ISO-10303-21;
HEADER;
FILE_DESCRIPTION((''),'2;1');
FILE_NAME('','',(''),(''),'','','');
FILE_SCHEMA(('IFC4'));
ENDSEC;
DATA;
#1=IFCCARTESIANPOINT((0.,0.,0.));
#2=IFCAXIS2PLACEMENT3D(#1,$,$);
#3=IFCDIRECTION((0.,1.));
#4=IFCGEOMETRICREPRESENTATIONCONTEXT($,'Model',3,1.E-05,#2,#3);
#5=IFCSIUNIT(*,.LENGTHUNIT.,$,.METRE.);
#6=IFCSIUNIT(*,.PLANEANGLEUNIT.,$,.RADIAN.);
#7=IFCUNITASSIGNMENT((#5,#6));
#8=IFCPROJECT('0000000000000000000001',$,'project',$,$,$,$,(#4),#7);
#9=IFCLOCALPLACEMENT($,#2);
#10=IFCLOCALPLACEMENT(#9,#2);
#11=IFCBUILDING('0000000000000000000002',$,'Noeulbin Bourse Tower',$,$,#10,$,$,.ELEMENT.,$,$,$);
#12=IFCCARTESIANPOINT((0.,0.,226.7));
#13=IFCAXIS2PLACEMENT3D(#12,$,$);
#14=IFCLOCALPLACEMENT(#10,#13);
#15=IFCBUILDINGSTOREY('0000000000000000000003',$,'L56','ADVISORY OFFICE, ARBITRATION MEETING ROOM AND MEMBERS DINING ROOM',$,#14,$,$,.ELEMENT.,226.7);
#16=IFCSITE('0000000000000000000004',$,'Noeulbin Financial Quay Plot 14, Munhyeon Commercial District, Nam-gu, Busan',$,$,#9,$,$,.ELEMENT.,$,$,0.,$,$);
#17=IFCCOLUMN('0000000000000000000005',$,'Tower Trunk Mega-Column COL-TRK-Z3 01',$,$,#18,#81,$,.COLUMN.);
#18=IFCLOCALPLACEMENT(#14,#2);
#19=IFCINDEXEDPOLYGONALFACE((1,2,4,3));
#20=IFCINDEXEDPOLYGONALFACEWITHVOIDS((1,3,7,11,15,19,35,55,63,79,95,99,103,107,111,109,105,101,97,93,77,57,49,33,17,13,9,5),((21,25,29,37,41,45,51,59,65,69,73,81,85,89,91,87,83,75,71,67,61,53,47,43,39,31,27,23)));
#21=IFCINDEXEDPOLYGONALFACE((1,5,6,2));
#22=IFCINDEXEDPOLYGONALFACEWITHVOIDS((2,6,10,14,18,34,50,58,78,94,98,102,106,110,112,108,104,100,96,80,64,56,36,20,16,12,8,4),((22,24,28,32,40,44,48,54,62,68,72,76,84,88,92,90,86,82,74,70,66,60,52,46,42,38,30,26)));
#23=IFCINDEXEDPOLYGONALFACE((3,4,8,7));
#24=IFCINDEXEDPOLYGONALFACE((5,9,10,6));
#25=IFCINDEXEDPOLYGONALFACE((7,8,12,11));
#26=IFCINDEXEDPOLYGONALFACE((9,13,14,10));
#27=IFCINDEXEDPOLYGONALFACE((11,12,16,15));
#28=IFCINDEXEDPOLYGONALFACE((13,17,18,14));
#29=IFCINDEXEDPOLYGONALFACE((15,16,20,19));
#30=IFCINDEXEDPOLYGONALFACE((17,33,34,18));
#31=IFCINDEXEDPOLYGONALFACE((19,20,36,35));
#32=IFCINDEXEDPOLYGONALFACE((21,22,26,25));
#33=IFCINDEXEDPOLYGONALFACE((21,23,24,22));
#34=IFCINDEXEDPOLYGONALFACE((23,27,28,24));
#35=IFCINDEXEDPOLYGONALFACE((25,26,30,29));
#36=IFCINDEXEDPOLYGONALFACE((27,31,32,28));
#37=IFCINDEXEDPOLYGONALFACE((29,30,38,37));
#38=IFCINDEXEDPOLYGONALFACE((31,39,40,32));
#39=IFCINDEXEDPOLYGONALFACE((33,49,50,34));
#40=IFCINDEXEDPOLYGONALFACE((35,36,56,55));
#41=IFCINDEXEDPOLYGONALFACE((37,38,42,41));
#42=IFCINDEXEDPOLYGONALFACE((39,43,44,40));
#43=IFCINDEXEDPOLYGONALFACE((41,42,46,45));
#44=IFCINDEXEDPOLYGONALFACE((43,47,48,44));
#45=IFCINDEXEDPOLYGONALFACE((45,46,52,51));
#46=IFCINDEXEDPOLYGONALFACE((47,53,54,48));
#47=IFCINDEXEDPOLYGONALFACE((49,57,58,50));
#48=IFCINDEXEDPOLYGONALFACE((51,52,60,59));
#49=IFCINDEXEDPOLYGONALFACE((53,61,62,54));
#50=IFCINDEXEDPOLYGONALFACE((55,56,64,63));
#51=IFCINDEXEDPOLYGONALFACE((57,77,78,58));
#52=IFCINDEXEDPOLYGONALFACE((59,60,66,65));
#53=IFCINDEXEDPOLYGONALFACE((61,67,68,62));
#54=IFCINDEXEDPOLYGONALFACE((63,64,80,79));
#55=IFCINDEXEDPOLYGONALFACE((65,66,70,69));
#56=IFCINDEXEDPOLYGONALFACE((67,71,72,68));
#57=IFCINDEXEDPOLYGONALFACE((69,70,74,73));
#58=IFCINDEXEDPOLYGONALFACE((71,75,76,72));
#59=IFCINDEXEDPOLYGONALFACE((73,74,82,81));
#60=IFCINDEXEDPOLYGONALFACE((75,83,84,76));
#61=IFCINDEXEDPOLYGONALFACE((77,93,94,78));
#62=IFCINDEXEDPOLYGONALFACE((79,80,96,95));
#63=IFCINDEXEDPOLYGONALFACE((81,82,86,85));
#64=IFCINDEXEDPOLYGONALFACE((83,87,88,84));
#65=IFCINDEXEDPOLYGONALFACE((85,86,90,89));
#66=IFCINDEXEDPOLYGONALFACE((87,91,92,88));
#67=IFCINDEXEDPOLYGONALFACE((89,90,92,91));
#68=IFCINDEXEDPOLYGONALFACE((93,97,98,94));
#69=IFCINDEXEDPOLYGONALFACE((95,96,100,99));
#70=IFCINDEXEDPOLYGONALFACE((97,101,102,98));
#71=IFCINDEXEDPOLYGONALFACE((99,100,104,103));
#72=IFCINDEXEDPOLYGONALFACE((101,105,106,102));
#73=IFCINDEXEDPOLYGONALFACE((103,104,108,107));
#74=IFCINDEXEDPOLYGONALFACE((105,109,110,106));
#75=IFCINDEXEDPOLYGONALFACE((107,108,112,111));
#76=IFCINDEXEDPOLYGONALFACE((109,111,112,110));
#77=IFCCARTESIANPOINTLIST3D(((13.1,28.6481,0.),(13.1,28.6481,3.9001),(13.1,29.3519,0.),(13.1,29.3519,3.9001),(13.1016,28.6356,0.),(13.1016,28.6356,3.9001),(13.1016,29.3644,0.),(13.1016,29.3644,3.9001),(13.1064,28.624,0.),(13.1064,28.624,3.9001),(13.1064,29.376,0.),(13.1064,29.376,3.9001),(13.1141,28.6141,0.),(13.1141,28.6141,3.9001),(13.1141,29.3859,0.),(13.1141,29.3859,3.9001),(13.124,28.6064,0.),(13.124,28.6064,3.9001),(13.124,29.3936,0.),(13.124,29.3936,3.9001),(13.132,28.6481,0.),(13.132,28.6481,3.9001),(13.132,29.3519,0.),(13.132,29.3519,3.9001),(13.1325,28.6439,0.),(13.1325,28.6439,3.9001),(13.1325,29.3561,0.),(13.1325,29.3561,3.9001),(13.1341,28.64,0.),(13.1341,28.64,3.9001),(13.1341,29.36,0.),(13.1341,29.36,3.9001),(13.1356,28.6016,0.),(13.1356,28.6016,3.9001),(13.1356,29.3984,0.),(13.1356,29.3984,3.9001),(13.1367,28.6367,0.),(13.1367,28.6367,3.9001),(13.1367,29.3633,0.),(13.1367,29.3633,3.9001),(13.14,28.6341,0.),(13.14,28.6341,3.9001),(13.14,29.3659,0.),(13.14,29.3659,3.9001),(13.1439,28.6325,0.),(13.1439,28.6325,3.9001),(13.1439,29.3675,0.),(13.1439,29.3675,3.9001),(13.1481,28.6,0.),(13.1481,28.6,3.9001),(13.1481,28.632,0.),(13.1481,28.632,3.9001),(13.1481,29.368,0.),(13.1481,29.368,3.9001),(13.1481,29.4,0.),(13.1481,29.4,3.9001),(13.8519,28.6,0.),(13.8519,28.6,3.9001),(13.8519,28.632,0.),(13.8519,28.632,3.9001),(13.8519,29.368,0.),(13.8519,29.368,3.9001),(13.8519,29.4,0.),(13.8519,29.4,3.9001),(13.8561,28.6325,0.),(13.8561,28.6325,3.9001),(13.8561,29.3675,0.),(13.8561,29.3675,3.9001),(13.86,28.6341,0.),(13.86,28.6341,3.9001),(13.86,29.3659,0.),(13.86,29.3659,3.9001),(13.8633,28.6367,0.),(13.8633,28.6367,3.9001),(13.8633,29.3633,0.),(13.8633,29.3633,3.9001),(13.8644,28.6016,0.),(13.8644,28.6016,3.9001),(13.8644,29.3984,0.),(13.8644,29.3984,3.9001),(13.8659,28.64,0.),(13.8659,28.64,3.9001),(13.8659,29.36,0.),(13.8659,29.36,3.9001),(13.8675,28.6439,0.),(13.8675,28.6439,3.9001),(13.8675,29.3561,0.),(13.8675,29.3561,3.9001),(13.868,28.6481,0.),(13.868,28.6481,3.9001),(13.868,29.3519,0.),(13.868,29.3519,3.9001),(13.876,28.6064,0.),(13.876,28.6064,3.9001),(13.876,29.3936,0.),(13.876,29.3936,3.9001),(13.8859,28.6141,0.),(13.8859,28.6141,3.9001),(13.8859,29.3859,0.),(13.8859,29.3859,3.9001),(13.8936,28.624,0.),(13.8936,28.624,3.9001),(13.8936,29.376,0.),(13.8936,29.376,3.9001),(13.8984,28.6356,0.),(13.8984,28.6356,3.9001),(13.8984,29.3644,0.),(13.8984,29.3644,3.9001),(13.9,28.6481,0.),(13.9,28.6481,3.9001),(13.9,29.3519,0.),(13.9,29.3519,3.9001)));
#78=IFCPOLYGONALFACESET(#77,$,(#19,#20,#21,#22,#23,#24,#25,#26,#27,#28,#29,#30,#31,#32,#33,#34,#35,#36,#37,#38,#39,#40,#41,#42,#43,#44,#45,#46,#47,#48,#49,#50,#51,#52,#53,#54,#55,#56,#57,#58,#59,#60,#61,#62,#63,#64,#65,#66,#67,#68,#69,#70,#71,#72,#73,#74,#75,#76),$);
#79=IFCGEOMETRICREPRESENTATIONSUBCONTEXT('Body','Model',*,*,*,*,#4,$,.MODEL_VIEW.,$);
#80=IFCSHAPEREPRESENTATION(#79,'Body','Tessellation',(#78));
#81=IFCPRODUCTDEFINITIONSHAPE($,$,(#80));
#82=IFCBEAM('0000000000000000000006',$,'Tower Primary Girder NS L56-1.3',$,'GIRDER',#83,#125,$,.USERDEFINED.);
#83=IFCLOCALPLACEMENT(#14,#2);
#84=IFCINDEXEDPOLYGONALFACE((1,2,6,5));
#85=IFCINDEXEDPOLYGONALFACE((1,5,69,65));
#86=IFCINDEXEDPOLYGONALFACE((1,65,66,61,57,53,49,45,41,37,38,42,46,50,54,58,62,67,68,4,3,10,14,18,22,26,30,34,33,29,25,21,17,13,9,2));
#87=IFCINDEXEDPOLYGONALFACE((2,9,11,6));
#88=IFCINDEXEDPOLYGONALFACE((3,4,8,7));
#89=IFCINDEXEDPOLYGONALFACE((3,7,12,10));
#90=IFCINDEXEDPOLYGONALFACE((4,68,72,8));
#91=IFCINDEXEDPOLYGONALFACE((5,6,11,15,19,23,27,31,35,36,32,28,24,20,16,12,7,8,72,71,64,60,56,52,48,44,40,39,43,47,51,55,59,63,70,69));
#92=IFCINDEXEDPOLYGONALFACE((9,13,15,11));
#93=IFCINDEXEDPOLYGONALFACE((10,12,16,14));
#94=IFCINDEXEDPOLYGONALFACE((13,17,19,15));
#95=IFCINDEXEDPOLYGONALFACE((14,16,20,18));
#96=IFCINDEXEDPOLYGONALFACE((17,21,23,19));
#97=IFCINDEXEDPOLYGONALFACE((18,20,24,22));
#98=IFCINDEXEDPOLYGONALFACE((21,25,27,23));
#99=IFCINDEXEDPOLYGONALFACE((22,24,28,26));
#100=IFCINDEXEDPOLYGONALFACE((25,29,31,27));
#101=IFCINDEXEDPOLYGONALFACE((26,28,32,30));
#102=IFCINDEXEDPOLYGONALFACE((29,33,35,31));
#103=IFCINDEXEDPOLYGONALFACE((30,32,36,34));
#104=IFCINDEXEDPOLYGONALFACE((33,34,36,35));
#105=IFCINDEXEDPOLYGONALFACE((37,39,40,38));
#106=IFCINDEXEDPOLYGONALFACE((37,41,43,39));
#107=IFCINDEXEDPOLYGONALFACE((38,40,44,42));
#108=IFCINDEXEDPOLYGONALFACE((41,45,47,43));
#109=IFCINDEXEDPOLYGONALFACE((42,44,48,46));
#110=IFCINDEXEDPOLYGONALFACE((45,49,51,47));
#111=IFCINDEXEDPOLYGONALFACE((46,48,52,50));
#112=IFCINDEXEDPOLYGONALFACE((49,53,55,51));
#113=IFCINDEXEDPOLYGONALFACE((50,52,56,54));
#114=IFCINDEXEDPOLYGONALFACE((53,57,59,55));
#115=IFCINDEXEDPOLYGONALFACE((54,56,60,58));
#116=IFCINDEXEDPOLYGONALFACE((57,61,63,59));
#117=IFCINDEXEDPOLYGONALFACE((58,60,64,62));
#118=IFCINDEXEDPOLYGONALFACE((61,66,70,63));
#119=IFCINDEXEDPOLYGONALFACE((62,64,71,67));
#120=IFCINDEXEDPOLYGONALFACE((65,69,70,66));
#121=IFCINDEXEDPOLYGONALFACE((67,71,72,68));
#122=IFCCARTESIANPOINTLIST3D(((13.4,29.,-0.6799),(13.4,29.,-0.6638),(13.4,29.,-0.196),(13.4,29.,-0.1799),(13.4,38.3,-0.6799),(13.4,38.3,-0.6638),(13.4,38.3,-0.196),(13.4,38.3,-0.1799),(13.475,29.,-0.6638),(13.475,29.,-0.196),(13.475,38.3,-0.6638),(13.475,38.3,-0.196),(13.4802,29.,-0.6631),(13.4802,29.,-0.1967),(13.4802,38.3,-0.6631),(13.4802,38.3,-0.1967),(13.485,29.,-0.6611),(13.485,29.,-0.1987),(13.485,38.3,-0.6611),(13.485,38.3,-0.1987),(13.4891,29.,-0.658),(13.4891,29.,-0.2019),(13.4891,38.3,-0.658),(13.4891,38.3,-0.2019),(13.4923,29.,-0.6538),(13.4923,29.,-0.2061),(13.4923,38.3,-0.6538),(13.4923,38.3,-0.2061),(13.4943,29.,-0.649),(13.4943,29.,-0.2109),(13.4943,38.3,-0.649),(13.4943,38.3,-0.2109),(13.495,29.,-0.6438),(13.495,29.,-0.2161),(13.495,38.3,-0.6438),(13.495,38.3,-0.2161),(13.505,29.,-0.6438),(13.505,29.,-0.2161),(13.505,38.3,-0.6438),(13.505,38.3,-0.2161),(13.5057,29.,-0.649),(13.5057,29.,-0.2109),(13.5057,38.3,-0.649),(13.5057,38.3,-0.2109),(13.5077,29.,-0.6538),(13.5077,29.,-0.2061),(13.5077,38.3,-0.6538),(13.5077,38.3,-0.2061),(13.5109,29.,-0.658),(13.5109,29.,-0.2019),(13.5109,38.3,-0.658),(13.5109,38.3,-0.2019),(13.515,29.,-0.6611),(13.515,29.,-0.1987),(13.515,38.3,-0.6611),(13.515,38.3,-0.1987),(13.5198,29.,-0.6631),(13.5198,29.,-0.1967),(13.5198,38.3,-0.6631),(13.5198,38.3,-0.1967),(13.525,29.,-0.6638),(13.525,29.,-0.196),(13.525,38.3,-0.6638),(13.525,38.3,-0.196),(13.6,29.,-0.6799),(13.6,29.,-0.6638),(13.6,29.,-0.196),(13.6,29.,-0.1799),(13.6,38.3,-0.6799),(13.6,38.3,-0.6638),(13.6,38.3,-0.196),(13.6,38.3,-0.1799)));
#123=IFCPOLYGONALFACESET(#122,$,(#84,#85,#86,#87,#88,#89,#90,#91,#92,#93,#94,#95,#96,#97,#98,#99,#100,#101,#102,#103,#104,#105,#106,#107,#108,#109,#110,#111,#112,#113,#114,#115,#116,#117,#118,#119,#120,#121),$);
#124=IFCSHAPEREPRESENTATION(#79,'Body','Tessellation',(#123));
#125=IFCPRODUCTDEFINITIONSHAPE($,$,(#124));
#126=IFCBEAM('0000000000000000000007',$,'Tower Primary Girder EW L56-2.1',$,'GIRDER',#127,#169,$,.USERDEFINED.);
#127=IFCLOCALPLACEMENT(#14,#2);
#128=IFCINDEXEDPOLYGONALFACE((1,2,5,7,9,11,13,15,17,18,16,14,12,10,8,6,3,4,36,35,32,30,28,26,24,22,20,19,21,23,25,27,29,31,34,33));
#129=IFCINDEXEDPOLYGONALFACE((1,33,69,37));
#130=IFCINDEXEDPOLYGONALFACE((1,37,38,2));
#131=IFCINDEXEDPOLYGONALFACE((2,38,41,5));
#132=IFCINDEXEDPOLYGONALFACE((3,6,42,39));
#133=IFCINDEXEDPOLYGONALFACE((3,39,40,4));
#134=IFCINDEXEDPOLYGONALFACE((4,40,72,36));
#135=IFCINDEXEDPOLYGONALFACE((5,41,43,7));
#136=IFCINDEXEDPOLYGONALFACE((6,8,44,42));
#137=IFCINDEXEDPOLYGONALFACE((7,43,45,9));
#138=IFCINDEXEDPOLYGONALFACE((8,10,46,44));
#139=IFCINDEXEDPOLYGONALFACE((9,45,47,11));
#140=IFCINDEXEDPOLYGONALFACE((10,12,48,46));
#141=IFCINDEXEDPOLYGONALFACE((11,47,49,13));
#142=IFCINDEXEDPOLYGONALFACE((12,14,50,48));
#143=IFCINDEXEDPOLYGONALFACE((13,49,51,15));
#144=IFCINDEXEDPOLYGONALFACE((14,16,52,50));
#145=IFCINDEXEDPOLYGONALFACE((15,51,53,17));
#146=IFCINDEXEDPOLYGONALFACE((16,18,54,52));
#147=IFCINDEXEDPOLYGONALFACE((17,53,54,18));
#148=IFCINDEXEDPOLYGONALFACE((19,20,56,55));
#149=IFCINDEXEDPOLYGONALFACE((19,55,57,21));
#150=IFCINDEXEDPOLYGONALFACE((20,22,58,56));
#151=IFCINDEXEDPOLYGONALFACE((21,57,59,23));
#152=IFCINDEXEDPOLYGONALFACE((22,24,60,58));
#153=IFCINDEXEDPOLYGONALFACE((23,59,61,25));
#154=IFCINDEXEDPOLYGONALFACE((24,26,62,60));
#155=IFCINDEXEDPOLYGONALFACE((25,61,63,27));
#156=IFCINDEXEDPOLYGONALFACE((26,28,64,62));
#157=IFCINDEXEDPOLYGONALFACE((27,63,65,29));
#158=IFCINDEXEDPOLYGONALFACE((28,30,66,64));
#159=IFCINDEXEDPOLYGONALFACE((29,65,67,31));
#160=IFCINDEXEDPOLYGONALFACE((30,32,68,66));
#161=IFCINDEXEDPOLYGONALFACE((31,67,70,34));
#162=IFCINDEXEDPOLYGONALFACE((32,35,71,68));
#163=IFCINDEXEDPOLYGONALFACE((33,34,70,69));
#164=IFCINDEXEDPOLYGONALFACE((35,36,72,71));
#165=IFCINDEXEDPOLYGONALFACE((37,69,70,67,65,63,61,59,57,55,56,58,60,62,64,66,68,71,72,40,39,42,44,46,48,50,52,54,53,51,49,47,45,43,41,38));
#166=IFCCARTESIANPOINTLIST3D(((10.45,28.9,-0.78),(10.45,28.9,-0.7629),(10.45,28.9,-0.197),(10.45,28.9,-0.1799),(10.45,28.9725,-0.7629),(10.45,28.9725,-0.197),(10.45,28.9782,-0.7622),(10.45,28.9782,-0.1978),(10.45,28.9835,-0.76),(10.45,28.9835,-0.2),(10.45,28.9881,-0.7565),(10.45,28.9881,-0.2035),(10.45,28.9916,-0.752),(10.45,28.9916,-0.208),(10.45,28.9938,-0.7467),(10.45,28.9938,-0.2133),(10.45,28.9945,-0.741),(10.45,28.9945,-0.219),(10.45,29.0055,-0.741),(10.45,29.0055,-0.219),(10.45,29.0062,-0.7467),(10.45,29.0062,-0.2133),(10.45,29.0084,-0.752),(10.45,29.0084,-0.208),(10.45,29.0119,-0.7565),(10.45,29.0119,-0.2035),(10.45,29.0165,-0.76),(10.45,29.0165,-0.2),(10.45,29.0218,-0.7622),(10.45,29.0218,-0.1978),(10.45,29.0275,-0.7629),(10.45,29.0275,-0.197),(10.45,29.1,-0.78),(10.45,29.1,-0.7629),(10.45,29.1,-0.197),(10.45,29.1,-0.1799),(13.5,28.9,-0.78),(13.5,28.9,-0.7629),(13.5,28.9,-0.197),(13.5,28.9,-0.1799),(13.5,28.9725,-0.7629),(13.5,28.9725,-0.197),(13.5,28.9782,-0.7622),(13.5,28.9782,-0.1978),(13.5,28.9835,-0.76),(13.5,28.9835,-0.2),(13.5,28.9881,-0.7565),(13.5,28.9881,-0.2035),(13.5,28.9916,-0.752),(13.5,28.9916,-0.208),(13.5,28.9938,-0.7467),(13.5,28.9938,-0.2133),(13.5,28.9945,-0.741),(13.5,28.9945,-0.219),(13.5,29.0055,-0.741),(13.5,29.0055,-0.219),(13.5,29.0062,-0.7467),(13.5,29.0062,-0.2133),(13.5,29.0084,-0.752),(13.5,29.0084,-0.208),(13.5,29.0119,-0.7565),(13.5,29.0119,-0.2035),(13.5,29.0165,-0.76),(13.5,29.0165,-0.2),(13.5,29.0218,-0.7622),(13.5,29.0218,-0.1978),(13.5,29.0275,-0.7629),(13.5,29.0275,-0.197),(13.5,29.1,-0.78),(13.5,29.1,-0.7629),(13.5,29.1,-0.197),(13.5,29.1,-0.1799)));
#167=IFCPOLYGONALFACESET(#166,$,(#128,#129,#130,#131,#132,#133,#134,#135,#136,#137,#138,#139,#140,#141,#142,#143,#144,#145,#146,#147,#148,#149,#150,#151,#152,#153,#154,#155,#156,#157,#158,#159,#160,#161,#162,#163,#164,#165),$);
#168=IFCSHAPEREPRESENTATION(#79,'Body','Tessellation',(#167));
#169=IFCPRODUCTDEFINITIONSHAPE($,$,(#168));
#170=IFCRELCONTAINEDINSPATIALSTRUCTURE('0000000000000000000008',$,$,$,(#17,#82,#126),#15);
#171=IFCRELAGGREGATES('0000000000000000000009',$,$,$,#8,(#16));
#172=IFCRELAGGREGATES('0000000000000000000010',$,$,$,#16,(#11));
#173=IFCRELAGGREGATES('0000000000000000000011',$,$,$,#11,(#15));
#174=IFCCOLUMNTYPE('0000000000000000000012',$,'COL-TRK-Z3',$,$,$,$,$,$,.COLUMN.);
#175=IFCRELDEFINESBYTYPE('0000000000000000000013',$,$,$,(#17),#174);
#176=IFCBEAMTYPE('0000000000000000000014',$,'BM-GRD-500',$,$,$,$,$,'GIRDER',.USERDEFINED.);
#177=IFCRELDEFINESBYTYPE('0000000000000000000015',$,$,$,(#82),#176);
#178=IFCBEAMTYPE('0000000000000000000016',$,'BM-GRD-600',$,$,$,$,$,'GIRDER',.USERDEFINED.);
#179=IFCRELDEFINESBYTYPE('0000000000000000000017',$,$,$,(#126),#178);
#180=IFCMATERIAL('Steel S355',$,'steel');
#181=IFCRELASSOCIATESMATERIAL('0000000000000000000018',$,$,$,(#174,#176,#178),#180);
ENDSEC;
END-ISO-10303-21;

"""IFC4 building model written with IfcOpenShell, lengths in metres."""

from ifc_helpers import new_model, si_unit, direction, frame, origin, origin_2d, place, context, subcontext, project, spatial, hollow_rectangle, i_section, extrude, material, material_profile, profile_set, type_object, element, save


model = new_model("IFC4")

# Units and contexts
model_context = context("Model", 3, precision=1e-05, world=origin(), true_north=direction((0.0, 1.0)))
body_context = subcontext(model_context, "Body", "Model", "MODEL_VIEW")
ifc_project = project(units=[si_unit("LENGTHUNIT", "METRE"), si_unit("PLANEANGLEUNIT", "RADIAN")], contexts=[model_context])

# Site, building, storey
site_placement = place(None, origin())
site = spatial("IfcSite", under=ifc_project, at=site_placement, Name="Noeulbin Financial Quay Plot 14, Munhyeon Commercial District, Nam-gu, Busan", CompositionType="ELEMENT", RefElevation=0.0)
building_placement = place(site_placement, origin())
building = spatial("IfcBuilding", under=site, at=building_placement, Name="Noeulbin Bourse Tower", CompositionType="ELEMENT")
storey_placement = place(building_placement, frame((0.0, 0.0, 226.7)))
storey = spatial("IfcBuildingStorey", under=building, at=storey_placement, Name="L56", Description="ADVISORY OFFICE, ARBITRATION MEETING ROOM AND MEMBERS DINING ROOM", CompositionType="ELEMENT", Elevation=226.7)

# Column
ifc_material_1 = material(Name="Steel S355", Category="steel")
ifc_material_profile_1 = material_profile(ifc_material_1, hollow_rectangle(XDim=0.8, YDim=0.8, WallThickness=0.032, InnerFilletRadius=0.0161, OuterFilletRadius=0.0481, at=origin_2d()), Name="BOX-800x800x32", Category="LoadBearing")
ifc_profile_set_1 = profile_set([ifc_material_profile_1], Name="Steel S355")
column_type_1 = type_object("IfcColumnType", Name="COL-TRK-Z3", PredefinedType="COLUMN", material=ifc_profile_set_1)
column_1_placement = place(storey_placement, frame((13.5, 29.0, 0.0), z_axis=(0.0, 0.0, 1.0), x_axis=(1.0, 0.0, 0.0)))
element("IfcColumn", 1, at=column_1_placement, inside=storey, type_object=column_type_1, Name="Tower Trunk Mega-Column COL-TRK-Z3 01", PredefinedType="COLUMN", context=body_context, shape_type="SweptSolid", body=[
    extrude(hollow_rectangle(XDim=0.8, YDim=0.8, WallThickness=0.032, InnerFilletRadius=0.0161, OuterFilletRadius=0.0481, at=origin_2d()), origin(), (0.0, 0.0, 1.0), 3.9001),
])

# Beams
ifc_material_profile_2 = material_profile(ifc_material_1, i_section(OverallWidth=0.2, OverallDepth=0.5, WebThickness=0.01, FlangeThickness=0.0161, FilletRadius=0.02, at=origin_2d()), Name="H-500x200x10x16", Category="LoadBearing")
ifc_profile_set_2 = profile_set([ifc_material_profile_2], Name="Steel S355")
beam_type_1 = type_object("IfcBeamType", Name="BM-GRD-500", ElementType="GIRDER", PredefinedType="USERDEFINED", material=ifc_profile_set_2)
beam_1_placement = place(storey_placement, frame((13.5, 29.0, -0.4299), z_axis=(0.0, 1.0, 0.0), x_axis=(-1.0, 0.0, 0.0)))
element("IfcBeam", 2, at=beam_1_placement, inside=storey, type_object=beam_type_1, Name="Tower Primary Girder NS L56-1.3", ObjectType="GIRDER", PredefinedType="USERDEFINED", context=body_context, shape_type="SweptSolid", body=[
    extrude(i_section(OverallWidth=0.2, OverallDepth=0.5, WebThickness=0.01, FlangeThickness=0.0161, FilletRadius=0.02, at=origin_2d()), origin(), (0.0, 0.0, 1.0), 9.3),
])
ifc_material_profile_3 = material_profile(ifc_material_1, i_section(OverallWidth=0.2, OverallDepth=0.6001, WebThickness=0.011, FlangeThickness=0.0171, FilletRadius=0.022, at=origin_2d()), Name="H-600x200x11x17", Category="LoadBearing")
ifc_profile_set_3 = profile_set([ifc_material_profile_3], Name="Steel S355")
beam_type_2 = type_object("IfcBeamType", Name="BM-GRD-600", ElementType="GIRDER", PredefinedType="USERDEFINED", material=ifc_profile_set_3)
beam_2_placement = place(storey_placement, frame((10.45, 29.0, -0.48), z_axis=(1.0, 0.0, 0.0), x_axis=(0.0, 1.0, 0.0)))
element("IfcBeam", 3, at=beam_2_placement, inside=storey, type_object=beam_type_2, Name="Tower Primary Girder EW L56-2.1", ObjectType="GIRDER", PredefinedType="USERDEFINED", context=body_context, shape_type="SweptSolid", body=[
    extrude(i_section(OverallWidth=0.2, OverallDepth=0.6001, WebThickness=0.011, FlangeThickness=0.0171, FilletRadius=0.022, at=origin_2d()), origin(), (0.0, 0.0, 1.0), 3.05),
])

save(model, "model.ifc")
